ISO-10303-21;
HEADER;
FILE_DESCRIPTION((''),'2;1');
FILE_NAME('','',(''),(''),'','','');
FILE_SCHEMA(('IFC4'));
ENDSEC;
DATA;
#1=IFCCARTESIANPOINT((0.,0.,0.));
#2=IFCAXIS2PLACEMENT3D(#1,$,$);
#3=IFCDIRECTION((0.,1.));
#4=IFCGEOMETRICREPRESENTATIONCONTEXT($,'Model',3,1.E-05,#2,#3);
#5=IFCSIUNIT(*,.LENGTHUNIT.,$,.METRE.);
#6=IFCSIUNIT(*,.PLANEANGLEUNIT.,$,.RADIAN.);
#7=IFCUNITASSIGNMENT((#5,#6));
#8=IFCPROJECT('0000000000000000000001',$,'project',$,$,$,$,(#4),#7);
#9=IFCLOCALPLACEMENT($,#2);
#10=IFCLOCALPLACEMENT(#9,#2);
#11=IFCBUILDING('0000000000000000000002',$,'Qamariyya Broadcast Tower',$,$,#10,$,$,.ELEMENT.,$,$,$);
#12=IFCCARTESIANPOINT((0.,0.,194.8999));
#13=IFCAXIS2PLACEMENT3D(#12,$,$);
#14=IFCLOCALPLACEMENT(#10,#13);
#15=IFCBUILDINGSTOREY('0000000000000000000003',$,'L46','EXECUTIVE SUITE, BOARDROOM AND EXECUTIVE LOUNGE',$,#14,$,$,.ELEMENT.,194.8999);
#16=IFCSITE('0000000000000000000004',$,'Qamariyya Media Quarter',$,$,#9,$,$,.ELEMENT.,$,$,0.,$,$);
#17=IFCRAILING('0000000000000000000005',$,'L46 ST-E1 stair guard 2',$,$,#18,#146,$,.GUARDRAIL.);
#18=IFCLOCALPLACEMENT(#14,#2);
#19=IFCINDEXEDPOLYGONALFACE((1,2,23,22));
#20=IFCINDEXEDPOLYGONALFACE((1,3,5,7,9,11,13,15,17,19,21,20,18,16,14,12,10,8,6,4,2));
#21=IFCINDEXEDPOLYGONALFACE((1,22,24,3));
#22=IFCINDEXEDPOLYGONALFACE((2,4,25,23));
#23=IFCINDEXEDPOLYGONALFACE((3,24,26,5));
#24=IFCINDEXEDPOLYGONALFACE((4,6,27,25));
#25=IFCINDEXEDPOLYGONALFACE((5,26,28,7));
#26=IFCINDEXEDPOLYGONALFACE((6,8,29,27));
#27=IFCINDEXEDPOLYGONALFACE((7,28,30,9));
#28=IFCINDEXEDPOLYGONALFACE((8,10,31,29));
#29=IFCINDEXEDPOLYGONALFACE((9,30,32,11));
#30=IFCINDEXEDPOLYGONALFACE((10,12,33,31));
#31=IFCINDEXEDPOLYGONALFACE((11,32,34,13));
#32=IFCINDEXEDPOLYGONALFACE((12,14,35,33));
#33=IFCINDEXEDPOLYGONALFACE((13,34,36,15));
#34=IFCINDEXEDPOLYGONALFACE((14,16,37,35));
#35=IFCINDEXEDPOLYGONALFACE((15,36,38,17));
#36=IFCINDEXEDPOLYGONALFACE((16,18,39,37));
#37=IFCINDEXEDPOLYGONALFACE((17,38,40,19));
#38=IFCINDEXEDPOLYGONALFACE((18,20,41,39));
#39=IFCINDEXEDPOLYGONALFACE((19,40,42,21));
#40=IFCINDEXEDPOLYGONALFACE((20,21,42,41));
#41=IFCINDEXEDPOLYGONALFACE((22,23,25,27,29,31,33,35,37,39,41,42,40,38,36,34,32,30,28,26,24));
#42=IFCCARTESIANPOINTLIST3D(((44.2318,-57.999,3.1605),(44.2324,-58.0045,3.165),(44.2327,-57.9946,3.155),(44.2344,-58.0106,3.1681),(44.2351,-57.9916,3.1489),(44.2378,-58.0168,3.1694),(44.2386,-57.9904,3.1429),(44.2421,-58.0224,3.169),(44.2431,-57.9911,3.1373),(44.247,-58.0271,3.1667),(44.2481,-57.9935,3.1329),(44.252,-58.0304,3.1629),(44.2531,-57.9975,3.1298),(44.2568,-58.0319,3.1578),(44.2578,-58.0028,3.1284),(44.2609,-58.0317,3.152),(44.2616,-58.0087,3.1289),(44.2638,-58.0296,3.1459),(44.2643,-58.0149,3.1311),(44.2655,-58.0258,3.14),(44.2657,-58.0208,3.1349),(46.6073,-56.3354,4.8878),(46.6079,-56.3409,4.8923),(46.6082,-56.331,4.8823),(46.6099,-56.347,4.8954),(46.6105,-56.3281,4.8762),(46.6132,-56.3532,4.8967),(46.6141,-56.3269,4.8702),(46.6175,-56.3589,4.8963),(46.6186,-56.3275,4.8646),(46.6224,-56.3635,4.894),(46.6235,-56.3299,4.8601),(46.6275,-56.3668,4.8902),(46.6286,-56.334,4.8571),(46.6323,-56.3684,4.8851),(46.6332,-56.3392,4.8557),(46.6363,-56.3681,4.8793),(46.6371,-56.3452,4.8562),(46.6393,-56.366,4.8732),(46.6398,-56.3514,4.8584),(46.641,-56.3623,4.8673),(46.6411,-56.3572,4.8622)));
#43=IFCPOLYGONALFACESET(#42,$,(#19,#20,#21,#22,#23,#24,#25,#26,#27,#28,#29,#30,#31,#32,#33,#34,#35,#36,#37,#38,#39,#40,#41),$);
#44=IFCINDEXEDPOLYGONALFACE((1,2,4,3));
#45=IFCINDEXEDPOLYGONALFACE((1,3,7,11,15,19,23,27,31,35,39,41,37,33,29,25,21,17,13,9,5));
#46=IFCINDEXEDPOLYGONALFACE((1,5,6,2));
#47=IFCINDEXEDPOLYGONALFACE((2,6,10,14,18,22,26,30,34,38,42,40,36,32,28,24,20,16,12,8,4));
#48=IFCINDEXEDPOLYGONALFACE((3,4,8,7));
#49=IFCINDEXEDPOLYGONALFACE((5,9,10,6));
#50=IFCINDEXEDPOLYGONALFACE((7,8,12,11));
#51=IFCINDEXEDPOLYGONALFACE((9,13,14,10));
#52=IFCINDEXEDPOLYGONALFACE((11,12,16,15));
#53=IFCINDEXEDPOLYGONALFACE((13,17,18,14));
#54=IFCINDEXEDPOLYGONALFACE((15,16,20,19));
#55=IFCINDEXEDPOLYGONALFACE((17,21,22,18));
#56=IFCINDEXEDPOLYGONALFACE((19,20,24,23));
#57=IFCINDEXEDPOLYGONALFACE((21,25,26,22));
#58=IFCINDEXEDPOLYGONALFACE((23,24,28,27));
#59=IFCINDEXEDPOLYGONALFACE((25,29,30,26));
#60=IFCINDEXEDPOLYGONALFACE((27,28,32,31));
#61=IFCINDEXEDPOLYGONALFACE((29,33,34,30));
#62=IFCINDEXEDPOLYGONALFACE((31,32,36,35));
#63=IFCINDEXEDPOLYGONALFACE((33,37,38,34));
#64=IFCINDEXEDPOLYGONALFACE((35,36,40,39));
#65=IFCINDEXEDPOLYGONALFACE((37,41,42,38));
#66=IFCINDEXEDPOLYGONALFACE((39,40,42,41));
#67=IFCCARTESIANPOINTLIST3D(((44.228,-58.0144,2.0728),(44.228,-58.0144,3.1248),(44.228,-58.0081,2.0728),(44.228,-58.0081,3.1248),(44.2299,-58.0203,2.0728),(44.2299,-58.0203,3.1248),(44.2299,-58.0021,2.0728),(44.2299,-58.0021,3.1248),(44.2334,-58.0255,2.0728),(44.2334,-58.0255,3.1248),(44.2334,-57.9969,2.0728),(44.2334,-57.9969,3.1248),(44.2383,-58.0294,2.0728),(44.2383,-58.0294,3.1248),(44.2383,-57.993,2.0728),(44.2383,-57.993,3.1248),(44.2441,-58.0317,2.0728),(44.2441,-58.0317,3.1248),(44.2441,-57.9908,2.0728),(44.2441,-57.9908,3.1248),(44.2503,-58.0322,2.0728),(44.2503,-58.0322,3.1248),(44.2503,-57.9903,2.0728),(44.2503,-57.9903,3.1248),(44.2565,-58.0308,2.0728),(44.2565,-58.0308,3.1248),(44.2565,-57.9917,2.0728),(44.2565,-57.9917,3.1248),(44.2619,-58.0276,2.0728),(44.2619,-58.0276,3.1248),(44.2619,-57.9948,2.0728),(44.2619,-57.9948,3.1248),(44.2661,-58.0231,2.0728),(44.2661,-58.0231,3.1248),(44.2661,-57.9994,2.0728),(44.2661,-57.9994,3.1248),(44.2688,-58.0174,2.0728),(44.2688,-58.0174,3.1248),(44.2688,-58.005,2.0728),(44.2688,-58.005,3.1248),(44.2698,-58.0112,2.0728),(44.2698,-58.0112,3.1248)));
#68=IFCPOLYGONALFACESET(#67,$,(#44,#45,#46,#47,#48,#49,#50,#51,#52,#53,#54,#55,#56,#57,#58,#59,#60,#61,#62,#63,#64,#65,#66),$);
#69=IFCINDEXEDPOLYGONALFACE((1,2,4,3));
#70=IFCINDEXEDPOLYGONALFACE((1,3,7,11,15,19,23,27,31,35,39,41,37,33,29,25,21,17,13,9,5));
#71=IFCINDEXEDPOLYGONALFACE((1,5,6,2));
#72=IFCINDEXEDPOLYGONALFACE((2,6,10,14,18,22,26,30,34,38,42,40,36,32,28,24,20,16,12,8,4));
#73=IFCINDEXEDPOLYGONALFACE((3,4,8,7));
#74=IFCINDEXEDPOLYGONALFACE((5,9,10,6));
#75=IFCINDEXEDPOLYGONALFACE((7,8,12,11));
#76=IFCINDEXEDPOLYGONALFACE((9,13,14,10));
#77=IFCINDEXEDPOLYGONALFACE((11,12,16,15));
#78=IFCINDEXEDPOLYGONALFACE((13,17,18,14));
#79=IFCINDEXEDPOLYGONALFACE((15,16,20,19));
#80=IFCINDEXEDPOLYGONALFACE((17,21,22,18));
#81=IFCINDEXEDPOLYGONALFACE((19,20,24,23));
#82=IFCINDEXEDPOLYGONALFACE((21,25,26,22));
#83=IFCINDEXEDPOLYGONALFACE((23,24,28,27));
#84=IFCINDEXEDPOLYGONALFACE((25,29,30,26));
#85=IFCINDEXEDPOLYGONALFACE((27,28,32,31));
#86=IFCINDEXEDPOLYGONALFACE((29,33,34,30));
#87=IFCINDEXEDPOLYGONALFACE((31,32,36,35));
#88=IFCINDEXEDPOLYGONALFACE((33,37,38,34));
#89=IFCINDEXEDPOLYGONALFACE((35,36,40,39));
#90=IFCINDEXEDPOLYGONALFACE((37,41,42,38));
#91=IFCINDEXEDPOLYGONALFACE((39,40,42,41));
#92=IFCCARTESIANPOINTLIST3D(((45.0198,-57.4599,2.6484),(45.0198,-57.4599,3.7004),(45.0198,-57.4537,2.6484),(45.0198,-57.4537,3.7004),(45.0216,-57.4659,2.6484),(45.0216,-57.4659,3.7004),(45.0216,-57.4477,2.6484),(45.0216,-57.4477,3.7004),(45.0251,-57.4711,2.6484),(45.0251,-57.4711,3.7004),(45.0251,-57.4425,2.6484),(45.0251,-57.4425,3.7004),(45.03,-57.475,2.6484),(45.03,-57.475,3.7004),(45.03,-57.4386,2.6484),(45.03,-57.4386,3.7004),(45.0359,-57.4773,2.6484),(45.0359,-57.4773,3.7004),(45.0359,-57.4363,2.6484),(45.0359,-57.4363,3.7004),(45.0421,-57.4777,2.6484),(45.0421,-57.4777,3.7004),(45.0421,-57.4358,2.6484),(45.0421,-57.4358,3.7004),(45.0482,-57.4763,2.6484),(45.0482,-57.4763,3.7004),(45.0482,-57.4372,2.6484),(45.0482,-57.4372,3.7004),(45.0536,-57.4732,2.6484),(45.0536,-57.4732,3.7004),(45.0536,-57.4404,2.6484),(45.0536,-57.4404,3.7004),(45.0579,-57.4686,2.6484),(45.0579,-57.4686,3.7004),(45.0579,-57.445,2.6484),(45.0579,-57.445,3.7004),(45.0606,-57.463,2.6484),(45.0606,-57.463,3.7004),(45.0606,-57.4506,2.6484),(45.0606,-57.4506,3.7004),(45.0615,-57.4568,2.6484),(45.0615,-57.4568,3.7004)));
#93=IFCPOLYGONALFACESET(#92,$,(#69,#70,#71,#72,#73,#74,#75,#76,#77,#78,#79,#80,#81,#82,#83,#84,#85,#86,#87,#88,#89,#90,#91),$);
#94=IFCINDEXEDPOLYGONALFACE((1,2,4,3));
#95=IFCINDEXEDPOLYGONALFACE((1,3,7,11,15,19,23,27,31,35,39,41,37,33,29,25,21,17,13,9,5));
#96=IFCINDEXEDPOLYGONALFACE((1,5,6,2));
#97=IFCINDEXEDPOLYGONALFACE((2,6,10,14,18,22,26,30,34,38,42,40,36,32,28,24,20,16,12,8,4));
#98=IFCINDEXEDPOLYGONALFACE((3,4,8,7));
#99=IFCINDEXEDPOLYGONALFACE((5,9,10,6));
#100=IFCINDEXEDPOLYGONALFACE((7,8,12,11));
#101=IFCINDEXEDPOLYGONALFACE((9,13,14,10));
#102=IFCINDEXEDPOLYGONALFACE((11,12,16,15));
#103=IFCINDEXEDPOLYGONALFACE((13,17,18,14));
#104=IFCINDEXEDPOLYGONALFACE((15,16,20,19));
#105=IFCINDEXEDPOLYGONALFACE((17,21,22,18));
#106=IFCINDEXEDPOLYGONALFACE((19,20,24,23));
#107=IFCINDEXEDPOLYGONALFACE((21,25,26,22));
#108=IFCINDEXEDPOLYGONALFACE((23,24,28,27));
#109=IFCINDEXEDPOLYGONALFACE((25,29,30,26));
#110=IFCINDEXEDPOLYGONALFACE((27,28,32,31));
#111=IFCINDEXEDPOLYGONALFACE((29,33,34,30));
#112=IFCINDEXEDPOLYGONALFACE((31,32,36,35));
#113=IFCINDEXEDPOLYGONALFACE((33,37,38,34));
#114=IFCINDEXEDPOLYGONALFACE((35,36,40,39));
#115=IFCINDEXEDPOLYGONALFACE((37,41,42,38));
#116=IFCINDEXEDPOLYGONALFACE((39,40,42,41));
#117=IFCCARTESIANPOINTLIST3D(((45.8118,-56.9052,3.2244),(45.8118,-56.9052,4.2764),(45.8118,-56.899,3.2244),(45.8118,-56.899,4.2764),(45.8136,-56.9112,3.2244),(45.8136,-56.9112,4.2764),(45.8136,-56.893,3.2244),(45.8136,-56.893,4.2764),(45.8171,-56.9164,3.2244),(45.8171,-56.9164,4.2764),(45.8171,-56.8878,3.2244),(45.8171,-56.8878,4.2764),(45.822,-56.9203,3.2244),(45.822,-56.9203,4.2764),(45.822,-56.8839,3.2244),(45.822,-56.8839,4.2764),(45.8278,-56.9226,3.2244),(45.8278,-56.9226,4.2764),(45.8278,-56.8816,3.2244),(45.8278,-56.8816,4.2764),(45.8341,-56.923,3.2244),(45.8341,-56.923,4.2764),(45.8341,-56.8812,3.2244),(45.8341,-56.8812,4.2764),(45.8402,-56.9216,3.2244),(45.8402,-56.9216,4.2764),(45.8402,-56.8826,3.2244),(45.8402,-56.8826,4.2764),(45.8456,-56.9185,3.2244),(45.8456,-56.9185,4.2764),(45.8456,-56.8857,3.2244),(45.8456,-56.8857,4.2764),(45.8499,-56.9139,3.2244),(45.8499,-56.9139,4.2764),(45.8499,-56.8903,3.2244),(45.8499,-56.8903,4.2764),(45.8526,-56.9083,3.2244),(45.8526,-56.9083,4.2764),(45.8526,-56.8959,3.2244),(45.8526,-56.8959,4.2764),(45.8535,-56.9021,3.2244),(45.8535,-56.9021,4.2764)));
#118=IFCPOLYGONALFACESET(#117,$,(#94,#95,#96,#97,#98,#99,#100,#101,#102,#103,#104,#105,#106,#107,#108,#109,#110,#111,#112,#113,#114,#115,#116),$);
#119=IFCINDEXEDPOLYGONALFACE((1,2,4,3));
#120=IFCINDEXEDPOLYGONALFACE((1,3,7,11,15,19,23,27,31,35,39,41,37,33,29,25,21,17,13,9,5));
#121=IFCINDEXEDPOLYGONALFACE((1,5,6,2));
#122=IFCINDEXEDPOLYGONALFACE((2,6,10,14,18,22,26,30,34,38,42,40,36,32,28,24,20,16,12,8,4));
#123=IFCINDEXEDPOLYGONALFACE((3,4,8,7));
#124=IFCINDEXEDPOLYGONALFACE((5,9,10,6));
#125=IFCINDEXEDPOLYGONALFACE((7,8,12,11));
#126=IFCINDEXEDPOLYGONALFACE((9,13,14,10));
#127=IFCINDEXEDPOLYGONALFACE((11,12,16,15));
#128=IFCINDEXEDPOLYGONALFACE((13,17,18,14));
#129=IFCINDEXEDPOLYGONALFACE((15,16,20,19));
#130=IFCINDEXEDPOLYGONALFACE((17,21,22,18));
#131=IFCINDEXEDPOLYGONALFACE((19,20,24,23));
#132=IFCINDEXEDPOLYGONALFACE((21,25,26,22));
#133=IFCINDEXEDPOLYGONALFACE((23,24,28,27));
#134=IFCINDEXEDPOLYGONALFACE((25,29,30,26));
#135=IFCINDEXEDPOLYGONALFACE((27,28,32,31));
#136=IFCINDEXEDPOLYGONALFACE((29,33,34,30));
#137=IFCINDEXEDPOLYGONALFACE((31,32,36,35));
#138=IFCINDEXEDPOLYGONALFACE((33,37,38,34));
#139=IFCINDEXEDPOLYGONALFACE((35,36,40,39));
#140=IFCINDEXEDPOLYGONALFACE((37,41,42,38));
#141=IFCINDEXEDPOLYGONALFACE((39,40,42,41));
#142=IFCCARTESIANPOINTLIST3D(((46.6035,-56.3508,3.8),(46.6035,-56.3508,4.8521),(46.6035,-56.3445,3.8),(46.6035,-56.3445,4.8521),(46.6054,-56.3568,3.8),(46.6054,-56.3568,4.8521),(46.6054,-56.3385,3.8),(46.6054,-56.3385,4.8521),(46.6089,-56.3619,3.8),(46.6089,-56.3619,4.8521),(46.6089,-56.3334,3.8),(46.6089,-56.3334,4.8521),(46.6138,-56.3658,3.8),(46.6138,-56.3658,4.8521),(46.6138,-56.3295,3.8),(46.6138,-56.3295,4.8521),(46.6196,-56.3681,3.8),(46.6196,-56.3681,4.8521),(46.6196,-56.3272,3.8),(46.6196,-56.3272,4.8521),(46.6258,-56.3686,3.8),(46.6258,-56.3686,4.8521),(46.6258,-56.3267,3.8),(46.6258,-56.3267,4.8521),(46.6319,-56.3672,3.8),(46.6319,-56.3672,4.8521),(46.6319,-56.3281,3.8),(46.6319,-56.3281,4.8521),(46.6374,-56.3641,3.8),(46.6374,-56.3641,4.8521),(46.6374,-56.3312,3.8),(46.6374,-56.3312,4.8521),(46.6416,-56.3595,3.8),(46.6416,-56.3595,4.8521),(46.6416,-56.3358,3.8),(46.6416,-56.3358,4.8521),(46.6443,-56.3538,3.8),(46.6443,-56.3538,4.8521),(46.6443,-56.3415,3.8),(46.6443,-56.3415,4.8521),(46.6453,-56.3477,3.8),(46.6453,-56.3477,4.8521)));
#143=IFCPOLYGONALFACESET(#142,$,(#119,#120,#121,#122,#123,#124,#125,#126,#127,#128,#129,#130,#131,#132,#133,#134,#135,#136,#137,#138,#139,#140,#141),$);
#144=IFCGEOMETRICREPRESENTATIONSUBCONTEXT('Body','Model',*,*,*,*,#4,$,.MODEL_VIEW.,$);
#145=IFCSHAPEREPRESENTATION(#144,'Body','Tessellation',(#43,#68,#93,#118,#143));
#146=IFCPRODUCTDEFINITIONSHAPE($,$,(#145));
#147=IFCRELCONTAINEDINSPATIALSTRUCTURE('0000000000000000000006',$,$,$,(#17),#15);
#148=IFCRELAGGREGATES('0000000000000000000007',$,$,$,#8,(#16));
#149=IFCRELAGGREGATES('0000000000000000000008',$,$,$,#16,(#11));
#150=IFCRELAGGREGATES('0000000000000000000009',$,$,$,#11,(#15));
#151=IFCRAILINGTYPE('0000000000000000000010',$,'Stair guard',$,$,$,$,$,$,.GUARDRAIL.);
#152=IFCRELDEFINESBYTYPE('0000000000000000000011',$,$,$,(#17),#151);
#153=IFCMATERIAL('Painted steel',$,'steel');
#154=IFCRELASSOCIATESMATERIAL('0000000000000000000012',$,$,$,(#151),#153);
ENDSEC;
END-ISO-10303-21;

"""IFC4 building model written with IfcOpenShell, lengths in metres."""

from ifc_helpers import new_model, si_unit, direction, frame, origin, origin_2d, place, context, subcontext, project, spatial, circle, extrude, material, type_object, element, save


model = new_model("IFC4")

# Units and contexts
model_context = context("Model", 3, precision=1e-05, world=origin(), true_north=direction((0.0, 1.0)))
body_context = subcontext(model_context, "Body", "Model", "MODEL_VIEW")
ifc_project = project(units=[si_unit("LENGTHUNIT", "METRE"), si_unit("PLANEANGLEUNIT", "RADIAN")], contexts=[model_context])

# Site, building, storey
site_placement = place(None, origin())
site = spatial("IfcSite", under=ifc_project, at=site_placement, Name="Qamariyya Media Quarter", CompositionType="ELEMENT", RefElevation=0.0)
building_placement = place(site_placement, origin())
building = spatial("IfcBuilding", under=site, at=building_placement, Name="Qamariyya Broadcast Tower", CompositionType="ELEMENT")
storey_placement = place(building_placement, frame((0.0, 0.0, 194.8999)))
storey = spatial("IfcBuildingStorey", under=building, at=storey_placement, Name="L46", Description="EXECUTIVE SUITE, BOARDROOM AND EXECUTIVE LOUNGE", CompositionType="ELEMENT", Elevation=194.8999)

# Railing
ifc_material_1 = material(Name="Painted steel", Category="steel")
railing_type_1 = type_object("IfcRailingType", Name="Stair guard", PredefinedType="GUARDRAIL", material=ifc_material_1)
railing_1_placement = place(storey_placement, frame((44.2488, -58.0112, 2.0728)))
element("IfcRailing", 1, at=railing_1_placement, inside=storey, type_object=railing_type_1, Name="L46 ST-E1 stair guard 2", PredefinedType="GUARDRAIL", context=body_context, shape_type="SweptSolid", body=[
    extrude(circle(Radius=0.0239, at=origin_2d()), frame((0.0, 0.0, 1.0762), z_axis=(0.703745, 0.492838, 0.511716), x_axis=(-0.573632, 0.819113, 0.0)), (0.0, 0.0, 1.0), 3.3755),
    extrude(circle(Radius=0.021, at=origin_2d()), origin(), (0.0, 0.0, 1.0), 1.052),
    extrude(circle(Radius=0.021, at=origin_2d()), frame((0.7917, 0.5544, 0.5757)), (0.0, 0.0, 1.0), 1.052),
    extrude(circle(Radius=0.021, at=origin_2d()), frame((1.5837, 1.1091, 1.1516)), (0.0, 0.0, 1.0), 1.052),
    extrude(circle(Radius=0.021, at=origin_2d()), frame((2.3755, 1.6636, 1.7273)), (0.0, 0.0, 1.0), 1.052),
])

save(model, "model.ifc")
